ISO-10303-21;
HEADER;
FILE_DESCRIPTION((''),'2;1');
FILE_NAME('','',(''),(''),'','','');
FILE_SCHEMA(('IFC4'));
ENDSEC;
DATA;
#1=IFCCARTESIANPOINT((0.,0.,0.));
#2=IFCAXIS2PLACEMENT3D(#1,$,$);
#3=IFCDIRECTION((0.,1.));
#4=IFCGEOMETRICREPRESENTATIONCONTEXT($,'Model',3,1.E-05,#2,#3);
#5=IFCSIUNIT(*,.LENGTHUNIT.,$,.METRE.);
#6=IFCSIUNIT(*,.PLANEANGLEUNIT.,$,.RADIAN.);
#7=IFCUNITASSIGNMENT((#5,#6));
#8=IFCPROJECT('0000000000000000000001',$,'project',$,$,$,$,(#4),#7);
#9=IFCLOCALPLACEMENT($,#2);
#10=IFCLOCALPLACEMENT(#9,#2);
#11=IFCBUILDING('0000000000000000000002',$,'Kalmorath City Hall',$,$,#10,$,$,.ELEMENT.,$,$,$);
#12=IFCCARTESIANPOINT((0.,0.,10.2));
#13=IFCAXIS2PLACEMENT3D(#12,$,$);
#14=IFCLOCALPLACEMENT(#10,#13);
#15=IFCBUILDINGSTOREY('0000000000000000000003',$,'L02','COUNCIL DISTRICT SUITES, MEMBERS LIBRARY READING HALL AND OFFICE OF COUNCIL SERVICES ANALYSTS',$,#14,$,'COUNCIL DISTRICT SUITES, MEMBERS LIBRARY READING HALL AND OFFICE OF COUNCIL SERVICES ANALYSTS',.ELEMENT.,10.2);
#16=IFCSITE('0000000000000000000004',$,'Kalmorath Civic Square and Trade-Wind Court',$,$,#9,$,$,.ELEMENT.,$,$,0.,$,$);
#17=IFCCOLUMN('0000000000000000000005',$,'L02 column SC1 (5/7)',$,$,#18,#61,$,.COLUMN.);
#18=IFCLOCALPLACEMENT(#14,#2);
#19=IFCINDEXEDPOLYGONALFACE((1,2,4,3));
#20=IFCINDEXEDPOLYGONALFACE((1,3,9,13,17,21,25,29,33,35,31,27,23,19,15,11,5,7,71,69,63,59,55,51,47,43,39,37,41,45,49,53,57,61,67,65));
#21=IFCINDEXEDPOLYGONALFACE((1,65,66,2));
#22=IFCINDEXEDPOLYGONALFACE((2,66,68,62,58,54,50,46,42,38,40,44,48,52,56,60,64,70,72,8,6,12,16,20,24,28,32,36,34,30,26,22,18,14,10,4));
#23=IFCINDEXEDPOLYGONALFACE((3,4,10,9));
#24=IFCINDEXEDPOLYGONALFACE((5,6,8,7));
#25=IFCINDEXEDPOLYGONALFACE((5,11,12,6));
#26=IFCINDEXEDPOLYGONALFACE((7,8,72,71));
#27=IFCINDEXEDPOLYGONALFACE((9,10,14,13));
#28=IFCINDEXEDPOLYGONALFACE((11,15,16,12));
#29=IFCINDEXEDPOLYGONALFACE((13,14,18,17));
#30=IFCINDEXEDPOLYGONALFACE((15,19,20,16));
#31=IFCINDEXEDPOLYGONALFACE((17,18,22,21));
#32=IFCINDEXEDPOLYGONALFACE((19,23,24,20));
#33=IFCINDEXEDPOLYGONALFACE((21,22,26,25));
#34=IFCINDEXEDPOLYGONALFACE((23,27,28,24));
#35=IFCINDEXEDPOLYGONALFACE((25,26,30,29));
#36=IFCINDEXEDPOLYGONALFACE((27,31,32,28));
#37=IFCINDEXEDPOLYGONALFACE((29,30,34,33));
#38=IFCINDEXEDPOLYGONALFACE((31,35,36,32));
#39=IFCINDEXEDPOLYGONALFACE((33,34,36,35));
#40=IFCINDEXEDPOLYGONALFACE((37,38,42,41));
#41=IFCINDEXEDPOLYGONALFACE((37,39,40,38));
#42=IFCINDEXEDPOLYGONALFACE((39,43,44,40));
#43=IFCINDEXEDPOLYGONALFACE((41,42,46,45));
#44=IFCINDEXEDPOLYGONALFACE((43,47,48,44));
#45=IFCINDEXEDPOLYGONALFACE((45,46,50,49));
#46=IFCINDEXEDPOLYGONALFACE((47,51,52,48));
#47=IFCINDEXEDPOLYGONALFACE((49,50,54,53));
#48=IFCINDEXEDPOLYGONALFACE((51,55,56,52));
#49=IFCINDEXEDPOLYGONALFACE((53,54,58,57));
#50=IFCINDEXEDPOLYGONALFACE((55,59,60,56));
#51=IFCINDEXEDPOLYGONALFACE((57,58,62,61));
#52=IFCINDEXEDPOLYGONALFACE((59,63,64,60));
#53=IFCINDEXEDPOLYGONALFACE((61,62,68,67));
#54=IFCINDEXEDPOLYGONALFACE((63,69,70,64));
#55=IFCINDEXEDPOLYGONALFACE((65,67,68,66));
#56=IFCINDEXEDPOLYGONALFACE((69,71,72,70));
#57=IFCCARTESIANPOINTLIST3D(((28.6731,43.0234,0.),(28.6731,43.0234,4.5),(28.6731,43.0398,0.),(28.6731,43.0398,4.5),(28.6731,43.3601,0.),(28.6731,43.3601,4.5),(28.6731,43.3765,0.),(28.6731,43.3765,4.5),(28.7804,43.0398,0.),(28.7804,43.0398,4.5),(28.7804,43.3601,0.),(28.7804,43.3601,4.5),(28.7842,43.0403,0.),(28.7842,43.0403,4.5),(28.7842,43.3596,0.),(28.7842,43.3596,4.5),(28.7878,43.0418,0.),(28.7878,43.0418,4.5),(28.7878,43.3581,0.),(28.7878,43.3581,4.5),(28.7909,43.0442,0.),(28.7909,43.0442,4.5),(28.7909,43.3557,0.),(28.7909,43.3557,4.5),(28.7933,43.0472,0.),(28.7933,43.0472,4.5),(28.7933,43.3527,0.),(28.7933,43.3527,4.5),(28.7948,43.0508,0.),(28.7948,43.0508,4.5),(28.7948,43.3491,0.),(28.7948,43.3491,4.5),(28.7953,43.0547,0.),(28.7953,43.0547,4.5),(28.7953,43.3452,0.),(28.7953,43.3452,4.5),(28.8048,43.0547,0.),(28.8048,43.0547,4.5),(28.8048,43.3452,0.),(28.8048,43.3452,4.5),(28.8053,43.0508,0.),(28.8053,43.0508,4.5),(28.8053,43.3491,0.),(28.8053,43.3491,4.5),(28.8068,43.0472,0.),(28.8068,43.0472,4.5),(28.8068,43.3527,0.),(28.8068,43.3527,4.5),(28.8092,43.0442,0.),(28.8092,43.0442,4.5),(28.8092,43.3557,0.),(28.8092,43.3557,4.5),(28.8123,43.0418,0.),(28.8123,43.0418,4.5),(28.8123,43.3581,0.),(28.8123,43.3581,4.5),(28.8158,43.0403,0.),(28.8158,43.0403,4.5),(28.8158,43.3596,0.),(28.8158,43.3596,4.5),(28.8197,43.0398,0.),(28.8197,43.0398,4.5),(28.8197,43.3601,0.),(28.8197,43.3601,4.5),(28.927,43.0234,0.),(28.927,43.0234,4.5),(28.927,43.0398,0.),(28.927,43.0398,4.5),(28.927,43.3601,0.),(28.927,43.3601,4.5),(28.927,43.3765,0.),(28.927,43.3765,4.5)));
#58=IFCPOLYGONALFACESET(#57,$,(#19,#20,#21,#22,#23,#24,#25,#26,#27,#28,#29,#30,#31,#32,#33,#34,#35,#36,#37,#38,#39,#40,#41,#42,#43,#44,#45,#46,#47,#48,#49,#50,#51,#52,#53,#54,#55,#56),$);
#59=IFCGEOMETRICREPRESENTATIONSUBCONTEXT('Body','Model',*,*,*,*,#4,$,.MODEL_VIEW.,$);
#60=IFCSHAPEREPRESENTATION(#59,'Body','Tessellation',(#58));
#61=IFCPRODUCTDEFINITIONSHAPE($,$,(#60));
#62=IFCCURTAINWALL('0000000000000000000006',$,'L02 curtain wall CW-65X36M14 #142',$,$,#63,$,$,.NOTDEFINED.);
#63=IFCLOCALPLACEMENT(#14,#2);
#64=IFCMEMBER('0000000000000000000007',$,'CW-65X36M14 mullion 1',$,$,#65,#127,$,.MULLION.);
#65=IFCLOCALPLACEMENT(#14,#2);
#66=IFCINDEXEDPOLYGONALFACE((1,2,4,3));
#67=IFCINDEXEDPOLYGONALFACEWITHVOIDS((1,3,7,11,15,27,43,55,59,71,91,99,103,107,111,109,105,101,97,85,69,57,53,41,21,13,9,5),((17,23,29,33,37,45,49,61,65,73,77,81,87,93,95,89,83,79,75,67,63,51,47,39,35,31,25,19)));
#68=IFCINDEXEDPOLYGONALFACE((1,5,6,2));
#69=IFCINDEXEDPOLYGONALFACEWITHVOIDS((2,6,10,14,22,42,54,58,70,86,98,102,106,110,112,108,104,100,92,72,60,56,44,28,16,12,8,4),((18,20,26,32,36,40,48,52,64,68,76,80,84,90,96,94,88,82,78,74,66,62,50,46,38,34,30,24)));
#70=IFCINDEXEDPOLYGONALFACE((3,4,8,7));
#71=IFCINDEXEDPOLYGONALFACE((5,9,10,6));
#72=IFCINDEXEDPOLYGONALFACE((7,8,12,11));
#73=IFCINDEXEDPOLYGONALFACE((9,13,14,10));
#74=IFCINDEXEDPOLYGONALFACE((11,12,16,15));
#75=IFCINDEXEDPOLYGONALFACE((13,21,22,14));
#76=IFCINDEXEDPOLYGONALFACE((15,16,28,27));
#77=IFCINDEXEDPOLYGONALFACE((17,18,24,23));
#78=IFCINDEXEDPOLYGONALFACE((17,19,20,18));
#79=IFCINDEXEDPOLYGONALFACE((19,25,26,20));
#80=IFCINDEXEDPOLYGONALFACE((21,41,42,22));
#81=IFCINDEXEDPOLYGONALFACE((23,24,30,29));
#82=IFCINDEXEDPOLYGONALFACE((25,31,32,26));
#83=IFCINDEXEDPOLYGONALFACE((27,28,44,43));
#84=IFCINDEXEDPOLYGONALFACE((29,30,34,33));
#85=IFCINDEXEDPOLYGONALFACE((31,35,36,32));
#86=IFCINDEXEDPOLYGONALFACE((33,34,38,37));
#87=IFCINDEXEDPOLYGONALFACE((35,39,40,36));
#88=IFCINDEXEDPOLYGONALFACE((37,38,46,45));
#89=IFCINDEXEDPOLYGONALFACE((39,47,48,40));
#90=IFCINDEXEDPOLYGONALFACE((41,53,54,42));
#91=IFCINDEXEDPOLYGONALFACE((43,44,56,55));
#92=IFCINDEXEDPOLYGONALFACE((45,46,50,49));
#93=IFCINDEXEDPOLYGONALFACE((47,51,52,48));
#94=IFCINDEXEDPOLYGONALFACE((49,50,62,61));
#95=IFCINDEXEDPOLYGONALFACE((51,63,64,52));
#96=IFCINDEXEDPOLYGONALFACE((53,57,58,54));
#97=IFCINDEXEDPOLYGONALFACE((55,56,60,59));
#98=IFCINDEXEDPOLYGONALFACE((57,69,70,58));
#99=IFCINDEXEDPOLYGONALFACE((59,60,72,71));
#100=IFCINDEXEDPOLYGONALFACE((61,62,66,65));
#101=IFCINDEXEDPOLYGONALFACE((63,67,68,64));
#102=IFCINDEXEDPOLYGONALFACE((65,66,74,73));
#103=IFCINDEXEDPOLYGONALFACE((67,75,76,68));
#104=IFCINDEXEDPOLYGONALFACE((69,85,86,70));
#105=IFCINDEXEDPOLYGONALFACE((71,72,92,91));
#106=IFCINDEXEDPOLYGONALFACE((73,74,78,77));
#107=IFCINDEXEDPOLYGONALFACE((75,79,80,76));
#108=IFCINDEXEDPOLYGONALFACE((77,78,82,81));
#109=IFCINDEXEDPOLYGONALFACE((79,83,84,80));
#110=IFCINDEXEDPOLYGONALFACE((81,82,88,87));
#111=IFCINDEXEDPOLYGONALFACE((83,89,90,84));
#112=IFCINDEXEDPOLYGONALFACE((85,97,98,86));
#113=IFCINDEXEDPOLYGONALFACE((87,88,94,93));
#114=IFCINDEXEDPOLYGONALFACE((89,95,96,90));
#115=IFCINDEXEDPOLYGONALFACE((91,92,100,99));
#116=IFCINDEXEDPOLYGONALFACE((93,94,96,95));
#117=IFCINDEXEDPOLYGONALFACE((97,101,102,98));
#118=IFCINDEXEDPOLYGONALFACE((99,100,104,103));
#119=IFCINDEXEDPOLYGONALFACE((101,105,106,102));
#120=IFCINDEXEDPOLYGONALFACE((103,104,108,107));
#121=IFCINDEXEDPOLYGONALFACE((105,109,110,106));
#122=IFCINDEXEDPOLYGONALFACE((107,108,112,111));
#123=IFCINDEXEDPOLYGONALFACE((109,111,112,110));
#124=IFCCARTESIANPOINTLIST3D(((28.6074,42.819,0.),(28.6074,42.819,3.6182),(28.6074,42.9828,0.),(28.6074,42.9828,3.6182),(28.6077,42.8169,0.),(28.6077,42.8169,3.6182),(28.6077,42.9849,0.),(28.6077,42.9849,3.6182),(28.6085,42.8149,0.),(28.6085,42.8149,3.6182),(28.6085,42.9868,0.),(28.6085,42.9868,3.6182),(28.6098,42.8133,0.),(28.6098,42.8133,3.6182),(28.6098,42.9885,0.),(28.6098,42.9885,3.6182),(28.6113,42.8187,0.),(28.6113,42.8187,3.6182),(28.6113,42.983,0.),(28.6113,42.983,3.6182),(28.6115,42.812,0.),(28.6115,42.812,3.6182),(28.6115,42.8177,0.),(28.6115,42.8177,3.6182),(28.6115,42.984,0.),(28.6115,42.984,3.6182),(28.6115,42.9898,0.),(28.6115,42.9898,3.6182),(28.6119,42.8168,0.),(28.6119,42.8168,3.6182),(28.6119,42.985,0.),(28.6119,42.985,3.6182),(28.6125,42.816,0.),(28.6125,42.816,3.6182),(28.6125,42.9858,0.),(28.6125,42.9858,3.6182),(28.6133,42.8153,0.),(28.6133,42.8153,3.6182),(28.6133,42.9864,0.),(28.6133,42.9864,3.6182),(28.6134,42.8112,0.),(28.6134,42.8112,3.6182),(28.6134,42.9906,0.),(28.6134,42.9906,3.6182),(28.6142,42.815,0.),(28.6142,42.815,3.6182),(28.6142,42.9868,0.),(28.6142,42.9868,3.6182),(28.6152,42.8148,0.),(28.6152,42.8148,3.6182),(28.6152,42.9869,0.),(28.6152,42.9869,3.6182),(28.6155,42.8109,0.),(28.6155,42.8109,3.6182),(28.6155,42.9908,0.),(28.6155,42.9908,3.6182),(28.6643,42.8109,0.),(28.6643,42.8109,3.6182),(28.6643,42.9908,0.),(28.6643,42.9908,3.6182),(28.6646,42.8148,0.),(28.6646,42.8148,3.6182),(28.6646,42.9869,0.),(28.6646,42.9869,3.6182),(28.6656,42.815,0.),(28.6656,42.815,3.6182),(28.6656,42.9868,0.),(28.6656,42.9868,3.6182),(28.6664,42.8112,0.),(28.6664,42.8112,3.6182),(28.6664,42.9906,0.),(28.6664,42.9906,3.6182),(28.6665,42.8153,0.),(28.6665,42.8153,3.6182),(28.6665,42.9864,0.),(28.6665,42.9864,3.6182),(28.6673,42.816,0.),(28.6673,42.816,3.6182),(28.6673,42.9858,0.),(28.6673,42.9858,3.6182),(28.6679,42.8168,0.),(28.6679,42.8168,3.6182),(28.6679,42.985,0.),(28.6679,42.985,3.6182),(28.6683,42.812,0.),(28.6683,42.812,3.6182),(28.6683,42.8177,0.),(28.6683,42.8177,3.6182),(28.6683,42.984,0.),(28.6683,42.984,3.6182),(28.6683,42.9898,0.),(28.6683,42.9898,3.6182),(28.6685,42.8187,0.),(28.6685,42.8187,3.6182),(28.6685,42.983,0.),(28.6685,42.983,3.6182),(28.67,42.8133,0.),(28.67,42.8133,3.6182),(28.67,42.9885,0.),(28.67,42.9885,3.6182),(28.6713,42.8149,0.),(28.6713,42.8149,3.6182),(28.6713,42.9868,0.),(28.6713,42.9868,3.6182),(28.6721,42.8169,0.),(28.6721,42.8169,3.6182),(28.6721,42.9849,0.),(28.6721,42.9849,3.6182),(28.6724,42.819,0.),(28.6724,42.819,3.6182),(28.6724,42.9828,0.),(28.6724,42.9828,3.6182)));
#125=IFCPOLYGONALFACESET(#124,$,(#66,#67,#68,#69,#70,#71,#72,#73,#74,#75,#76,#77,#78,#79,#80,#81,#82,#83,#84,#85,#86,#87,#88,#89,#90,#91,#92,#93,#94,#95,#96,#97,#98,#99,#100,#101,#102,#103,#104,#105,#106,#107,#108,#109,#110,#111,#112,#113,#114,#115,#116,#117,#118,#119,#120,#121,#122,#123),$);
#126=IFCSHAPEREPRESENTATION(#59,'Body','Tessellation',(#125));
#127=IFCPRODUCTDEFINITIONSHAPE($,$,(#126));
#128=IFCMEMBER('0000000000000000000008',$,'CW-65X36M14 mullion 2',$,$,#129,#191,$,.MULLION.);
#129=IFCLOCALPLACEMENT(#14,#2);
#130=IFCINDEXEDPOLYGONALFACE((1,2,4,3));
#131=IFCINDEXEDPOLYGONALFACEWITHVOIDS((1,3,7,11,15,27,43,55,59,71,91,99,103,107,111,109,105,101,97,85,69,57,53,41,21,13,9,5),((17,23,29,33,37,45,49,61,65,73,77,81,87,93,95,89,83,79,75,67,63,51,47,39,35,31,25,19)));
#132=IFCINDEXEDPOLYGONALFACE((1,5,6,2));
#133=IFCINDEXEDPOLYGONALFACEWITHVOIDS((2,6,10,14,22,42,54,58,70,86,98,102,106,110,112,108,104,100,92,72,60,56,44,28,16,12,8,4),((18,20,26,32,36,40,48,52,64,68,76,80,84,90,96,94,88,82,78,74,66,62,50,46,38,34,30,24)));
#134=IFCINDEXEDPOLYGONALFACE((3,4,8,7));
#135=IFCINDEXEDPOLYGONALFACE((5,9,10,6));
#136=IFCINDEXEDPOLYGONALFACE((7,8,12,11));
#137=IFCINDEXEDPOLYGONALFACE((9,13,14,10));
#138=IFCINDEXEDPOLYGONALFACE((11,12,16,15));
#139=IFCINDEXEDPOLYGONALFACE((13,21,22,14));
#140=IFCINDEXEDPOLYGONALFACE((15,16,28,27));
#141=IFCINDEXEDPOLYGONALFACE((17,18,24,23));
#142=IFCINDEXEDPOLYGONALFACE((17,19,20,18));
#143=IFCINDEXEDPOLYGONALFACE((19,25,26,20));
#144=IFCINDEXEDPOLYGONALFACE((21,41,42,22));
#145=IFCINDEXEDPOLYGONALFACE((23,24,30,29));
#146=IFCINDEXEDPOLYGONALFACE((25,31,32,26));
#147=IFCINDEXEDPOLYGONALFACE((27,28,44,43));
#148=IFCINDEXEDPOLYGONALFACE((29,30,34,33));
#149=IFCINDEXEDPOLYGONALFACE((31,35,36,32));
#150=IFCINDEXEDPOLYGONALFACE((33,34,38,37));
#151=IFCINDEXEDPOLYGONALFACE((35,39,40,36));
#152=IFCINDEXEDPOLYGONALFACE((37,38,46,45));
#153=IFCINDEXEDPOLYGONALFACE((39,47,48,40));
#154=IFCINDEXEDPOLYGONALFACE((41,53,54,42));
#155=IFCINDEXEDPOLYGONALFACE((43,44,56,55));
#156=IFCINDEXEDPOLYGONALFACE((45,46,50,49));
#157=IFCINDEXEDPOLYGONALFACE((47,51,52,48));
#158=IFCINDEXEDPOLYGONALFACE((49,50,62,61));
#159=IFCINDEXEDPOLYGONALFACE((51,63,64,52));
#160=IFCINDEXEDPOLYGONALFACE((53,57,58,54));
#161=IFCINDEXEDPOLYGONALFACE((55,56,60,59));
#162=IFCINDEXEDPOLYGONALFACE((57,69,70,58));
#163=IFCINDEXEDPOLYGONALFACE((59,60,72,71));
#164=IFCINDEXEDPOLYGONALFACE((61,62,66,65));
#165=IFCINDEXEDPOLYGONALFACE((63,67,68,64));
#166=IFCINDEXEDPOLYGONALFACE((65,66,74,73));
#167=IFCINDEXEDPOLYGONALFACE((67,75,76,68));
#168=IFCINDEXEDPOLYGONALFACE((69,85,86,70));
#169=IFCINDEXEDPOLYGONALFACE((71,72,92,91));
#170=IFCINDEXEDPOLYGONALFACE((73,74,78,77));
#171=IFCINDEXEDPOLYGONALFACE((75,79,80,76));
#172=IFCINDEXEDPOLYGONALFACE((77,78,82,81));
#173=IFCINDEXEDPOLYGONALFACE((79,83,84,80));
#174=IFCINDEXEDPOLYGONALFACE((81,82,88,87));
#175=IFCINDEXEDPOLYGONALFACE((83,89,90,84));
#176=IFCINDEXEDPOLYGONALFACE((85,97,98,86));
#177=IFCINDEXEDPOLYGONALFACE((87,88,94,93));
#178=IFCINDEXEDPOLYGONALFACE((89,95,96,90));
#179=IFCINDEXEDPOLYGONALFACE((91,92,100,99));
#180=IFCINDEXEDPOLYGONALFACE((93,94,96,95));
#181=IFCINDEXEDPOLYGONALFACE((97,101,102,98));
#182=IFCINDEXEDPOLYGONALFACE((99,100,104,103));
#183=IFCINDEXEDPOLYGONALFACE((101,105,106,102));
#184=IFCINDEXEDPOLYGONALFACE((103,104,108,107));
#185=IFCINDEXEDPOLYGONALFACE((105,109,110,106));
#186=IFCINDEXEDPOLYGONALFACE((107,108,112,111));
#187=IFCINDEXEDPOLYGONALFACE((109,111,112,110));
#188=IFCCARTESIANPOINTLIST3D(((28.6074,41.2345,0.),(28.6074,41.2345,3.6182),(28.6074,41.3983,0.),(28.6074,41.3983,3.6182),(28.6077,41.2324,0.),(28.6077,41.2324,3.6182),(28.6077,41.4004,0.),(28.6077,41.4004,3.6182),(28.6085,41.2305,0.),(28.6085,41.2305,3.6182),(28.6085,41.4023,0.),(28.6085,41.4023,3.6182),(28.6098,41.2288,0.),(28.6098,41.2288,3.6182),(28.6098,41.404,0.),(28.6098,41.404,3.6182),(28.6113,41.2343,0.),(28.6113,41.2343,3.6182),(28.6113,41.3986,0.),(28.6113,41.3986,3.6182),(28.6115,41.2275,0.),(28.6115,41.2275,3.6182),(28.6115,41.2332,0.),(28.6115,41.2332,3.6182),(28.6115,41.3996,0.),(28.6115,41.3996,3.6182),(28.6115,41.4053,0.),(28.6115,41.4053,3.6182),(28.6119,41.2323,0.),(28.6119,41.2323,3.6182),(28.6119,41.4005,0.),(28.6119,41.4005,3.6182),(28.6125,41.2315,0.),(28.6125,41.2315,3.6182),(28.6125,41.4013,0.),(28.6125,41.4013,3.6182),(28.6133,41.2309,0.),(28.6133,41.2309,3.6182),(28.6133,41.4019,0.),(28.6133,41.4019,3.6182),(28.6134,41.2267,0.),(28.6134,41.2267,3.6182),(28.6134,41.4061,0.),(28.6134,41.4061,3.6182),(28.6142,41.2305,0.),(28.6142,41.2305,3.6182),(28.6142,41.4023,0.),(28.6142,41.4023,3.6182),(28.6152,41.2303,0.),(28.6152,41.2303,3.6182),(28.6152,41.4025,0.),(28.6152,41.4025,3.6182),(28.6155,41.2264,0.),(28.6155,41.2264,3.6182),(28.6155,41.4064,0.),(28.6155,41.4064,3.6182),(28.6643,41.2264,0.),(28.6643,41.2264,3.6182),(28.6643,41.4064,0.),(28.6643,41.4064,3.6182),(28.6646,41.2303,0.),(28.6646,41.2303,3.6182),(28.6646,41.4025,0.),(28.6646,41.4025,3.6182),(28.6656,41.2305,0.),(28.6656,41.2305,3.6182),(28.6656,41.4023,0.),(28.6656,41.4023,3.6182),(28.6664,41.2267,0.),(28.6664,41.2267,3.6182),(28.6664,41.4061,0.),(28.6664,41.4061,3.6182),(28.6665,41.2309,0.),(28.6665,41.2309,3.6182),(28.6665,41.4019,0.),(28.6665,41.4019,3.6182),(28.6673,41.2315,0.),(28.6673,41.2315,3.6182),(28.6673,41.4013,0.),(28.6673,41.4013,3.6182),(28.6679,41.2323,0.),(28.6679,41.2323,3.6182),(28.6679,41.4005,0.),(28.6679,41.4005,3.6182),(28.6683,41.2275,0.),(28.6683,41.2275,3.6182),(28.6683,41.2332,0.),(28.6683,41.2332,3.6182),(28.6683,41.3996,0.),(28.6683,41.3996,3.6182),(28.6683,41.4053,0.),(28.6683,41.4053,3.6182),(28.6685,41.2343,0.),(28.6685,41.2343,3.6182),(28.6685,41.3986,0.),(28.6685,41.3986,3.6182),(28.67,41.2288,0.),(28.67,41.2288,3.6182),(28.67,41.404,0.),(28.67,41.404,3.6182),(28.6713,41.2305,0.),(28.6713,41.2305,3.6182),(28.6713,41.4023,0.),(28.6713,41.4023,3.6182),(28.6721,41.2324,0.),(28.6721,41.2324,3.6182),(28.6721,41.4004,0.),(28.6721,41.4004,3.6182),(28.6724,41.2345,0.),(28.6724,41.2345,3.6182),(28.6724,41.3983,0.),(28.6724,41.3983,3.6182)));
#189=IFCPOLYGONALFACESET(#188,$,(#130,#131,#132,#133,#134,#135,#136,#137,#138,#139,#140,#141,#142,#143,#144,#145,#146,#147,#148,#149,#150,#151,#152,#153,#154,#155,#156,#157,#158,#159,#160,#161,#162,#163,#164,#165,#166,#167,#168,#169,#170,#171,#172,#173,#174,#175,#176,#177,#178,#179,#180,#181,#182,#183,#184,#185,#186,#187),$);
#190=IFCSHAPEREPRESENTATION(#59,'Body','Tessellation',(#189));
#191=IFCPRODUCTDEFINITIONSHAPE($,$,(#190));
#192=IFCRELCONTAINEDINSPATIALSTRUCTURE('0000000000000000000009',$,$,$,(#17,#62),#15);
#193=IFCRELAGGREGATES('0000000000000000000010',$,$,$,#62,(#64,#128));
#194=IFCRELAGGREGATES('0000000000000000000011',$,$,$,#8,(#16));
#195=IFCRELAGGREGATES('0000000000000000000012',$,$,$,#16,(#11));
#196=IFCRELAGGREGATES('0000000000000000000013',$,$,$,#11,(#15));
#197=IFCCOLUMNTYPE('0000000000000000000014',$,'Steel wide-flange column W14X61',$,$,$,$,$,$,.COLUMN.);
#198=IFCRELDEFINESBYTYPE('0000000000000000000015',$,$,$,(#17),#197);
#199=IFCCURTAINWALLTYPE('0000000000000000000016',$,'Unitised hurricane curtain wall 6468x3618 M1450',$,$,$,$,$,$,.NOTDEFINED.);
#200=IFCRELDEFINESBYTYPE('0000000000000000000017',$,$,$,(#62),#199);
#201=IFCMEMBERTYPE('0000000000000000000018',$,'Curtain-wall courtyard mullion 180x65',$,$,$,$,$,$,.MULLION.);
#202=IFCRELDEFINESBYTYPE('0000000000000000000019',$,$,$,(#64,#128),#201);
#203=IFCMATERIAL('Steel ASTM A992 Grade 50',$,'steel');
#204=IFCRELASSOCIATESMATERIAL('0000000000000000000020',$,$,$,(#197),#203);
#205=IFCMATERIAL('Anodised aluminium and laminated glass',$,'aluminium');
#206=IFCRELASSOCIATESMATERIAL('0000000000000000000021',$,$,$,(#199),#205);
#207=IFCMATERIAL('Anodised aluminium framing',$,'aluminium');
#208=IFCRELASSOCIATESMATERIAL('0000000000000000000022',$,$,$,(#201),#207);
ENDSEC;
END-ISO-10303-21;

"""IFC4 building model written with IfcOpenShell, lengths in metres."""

from ifc_helpers import new_model, si_unit, direction, frame, origin, origin_2d, place, context, subcontext, project, spatial, hollow_rectangle, i_section, extrude, material, material_profile, profile_set, type_object, element, aggregate, save


model = new_model("IFC4")

# Units and contexts
model_context = context("Model", 3, precision=1e-05, world=origin(), true_north=direction((0.0, 1.0)))
body_context = subcontext(model_context, "Body", "Model", "MODEL_VIEW")
ifc_project = project(units=[si_unit("LENGTHUNIT", "METRE"), si_unit("PLANEANGLEUNIT", "RADIAN")], contexts=[model_context])

# Site, building, storey
site_placement = place(None, origin())
site = spatial("IfcSite", under=ifc_project, at=site_placement, Name="Kalmorath Civic Square and Trade-Wind Court", CompositionType="ELEMENT", RefElevation=0.0)
building_placement = place(site_placement, origin())
building = spatial("IfcBuilding", under=site, at=building_placement, Name="Kalmorath City Hall", CompositionType="ELEMENT")
storey_placement = place(building_placement, frame((0.0, 0.0, 10.2)))
storey = spatial("IfcBuildingStorey", under=building, at=storey_placement, Name="L02", Description="COUNCIL DISTRICT SUITES, MEMBERS LIBRARY READING HALL AND OFFICE OF COUNCIL SERVICES ANALYSTS", LongName="COUNCIL DISTRICT SUITES, MEMBERS LIBRARY READING HALL AND OFFICE OF COUNCIL SERVICES ANALYSTS", CompositionType="ELEMENT", Elevation=10.2)

# Column
ifc_material_1 = material(Name="Steel ASTM A992 Grade 50", Category="steel")
ifc_material_profile_1 = material_profile(ifc_material_1, i_section(OverallWidth=0.2539, OverallDepth=0.353, WebThickness=0.0095, FlangeThickness=0.0164, FilletRadius=0.0149, at=origin_2d()), Name="W14X61")
ifc_profile_set_1 = profile_set([ifc_material_profile_1], Name="Steel ASTM A992 Grade 50")
column_type = type_object("IfcColumnType", Name="Steel wide-flange column W14X61", PredefinedType="COLUMN", material=ifc_profile_set_1)
column_placement = place(storey_placement, frame((28.8, 43.2, 0.0), z_axis=(0.0, 0.0, 1.0), x_axis=(1.0, 0.0, 0.0)))
element("IfcColumn", 1, at=column_placement, inside=storey, type_object=column_type, Name="L02 column SC1 (5/7)", PredefinedType="COLUMN", context=body_context, shape_type="SweptSolid", body=[
    extrude(i_section(OverallWidth=0.2539, OverallDepth=0.353, WebThickness=0.0095, FlangeThickness=0.0164, FilletRadius=0.0149, at=origin_2d()), origin(), (0.0, 0.0, 1.0), 4.5),
])

# Curtain wall, members
ifc_material_2 = material(Name="Anodised aluminium and laminated glass", Category="aluminium")
curtain_wall_type = type_object("IfcCurtainWallType", Name="Unitised hurricane curtain wall 6468x3618 M1450", PredefinedType="NOTDEFINED", material=ifc_material_2)
curtain_wall_placement = place(storey_placement, origin())
curtain_wall = element("IfcCurtainWall", 2, at=curtain_wall_placement, inside=storey, type_object=curtain_wall_type, Name="L02 curtain wall CW-65X36M14 #142", PredefinedType="NOTDEFINED")
ifc_material_3 = material(Name="Anodised aluminium framing", Category="aluminium")
ifc_material_profile_2 = material_profile(ifc_material_3, hollow_rectangle(XDim=0.0649, YDim=0.1799, WallThickness=0.0039, InnerFilletRadius=0.0039, OuterFilletRadius=0.0081, at=origin_2d()), Name="ALU-MUL-180X65X4")
ifc_profile_set_2 = profile_set([ifc_material_profile_2], Name="Anodised aluminium framing")
member_type_1 = type_object("IfcMemberType", Name="Curtain-wall courtyard mullion 180x65", PredefinedType="MULLION", material=ifc_profile_set_2)
member_1_placement = place(storey_placement, frame((28.6399, 42.9009, 0.0), z_axis=(0.0, 0.0, 1.0), x_axis=(1.0, 0.0, 0.0)))
member_1 = element("IfcMember", 3, at=member_1_placement, type_object=member_type_1, Name="CW-65X36M14 mullion 1", PredefinedType="MULLION", context=body_context, shape_type="SweptSolid", body=[
    extrude(hollow_rectangle(XDim=0.0649, YDim=0.1799, WallThickness=0.0039, InnerFilletRadius=0.0039, OuterFilletRadius=0.0081, at=origin_2d()), origin(), (0.0, 0.0, 1.0), 3.6182),
])
member_2_placement = place(storey_placement, frame((28.6399, 41.3164, 0.0), z_axis=(0.0, 0.0, 1.0), x_axis=(1.0, 0.0, 0.0)))
member_2 = element("IfcMember", 4, at=member_2_placement, type_object=member_type_1, Name="CW-65X36M14 mullion 2", PredefinedType="MULLION", context=body_context, shape_type="SweptSolid", body=[
    extrude(hollow_rectangle(XDim=0.0649, YDim=0.1799, WallThickness=0.0039, InnerFilletRadius=0.0039, OuterFilletRadius=0.0081, at=origin_2d()), origin(), (0.0, 0.0, 1.0), 3.6182),
])

aggregate(curtain_wall, [member_1, member_2])

save(model, "model.ifc")
